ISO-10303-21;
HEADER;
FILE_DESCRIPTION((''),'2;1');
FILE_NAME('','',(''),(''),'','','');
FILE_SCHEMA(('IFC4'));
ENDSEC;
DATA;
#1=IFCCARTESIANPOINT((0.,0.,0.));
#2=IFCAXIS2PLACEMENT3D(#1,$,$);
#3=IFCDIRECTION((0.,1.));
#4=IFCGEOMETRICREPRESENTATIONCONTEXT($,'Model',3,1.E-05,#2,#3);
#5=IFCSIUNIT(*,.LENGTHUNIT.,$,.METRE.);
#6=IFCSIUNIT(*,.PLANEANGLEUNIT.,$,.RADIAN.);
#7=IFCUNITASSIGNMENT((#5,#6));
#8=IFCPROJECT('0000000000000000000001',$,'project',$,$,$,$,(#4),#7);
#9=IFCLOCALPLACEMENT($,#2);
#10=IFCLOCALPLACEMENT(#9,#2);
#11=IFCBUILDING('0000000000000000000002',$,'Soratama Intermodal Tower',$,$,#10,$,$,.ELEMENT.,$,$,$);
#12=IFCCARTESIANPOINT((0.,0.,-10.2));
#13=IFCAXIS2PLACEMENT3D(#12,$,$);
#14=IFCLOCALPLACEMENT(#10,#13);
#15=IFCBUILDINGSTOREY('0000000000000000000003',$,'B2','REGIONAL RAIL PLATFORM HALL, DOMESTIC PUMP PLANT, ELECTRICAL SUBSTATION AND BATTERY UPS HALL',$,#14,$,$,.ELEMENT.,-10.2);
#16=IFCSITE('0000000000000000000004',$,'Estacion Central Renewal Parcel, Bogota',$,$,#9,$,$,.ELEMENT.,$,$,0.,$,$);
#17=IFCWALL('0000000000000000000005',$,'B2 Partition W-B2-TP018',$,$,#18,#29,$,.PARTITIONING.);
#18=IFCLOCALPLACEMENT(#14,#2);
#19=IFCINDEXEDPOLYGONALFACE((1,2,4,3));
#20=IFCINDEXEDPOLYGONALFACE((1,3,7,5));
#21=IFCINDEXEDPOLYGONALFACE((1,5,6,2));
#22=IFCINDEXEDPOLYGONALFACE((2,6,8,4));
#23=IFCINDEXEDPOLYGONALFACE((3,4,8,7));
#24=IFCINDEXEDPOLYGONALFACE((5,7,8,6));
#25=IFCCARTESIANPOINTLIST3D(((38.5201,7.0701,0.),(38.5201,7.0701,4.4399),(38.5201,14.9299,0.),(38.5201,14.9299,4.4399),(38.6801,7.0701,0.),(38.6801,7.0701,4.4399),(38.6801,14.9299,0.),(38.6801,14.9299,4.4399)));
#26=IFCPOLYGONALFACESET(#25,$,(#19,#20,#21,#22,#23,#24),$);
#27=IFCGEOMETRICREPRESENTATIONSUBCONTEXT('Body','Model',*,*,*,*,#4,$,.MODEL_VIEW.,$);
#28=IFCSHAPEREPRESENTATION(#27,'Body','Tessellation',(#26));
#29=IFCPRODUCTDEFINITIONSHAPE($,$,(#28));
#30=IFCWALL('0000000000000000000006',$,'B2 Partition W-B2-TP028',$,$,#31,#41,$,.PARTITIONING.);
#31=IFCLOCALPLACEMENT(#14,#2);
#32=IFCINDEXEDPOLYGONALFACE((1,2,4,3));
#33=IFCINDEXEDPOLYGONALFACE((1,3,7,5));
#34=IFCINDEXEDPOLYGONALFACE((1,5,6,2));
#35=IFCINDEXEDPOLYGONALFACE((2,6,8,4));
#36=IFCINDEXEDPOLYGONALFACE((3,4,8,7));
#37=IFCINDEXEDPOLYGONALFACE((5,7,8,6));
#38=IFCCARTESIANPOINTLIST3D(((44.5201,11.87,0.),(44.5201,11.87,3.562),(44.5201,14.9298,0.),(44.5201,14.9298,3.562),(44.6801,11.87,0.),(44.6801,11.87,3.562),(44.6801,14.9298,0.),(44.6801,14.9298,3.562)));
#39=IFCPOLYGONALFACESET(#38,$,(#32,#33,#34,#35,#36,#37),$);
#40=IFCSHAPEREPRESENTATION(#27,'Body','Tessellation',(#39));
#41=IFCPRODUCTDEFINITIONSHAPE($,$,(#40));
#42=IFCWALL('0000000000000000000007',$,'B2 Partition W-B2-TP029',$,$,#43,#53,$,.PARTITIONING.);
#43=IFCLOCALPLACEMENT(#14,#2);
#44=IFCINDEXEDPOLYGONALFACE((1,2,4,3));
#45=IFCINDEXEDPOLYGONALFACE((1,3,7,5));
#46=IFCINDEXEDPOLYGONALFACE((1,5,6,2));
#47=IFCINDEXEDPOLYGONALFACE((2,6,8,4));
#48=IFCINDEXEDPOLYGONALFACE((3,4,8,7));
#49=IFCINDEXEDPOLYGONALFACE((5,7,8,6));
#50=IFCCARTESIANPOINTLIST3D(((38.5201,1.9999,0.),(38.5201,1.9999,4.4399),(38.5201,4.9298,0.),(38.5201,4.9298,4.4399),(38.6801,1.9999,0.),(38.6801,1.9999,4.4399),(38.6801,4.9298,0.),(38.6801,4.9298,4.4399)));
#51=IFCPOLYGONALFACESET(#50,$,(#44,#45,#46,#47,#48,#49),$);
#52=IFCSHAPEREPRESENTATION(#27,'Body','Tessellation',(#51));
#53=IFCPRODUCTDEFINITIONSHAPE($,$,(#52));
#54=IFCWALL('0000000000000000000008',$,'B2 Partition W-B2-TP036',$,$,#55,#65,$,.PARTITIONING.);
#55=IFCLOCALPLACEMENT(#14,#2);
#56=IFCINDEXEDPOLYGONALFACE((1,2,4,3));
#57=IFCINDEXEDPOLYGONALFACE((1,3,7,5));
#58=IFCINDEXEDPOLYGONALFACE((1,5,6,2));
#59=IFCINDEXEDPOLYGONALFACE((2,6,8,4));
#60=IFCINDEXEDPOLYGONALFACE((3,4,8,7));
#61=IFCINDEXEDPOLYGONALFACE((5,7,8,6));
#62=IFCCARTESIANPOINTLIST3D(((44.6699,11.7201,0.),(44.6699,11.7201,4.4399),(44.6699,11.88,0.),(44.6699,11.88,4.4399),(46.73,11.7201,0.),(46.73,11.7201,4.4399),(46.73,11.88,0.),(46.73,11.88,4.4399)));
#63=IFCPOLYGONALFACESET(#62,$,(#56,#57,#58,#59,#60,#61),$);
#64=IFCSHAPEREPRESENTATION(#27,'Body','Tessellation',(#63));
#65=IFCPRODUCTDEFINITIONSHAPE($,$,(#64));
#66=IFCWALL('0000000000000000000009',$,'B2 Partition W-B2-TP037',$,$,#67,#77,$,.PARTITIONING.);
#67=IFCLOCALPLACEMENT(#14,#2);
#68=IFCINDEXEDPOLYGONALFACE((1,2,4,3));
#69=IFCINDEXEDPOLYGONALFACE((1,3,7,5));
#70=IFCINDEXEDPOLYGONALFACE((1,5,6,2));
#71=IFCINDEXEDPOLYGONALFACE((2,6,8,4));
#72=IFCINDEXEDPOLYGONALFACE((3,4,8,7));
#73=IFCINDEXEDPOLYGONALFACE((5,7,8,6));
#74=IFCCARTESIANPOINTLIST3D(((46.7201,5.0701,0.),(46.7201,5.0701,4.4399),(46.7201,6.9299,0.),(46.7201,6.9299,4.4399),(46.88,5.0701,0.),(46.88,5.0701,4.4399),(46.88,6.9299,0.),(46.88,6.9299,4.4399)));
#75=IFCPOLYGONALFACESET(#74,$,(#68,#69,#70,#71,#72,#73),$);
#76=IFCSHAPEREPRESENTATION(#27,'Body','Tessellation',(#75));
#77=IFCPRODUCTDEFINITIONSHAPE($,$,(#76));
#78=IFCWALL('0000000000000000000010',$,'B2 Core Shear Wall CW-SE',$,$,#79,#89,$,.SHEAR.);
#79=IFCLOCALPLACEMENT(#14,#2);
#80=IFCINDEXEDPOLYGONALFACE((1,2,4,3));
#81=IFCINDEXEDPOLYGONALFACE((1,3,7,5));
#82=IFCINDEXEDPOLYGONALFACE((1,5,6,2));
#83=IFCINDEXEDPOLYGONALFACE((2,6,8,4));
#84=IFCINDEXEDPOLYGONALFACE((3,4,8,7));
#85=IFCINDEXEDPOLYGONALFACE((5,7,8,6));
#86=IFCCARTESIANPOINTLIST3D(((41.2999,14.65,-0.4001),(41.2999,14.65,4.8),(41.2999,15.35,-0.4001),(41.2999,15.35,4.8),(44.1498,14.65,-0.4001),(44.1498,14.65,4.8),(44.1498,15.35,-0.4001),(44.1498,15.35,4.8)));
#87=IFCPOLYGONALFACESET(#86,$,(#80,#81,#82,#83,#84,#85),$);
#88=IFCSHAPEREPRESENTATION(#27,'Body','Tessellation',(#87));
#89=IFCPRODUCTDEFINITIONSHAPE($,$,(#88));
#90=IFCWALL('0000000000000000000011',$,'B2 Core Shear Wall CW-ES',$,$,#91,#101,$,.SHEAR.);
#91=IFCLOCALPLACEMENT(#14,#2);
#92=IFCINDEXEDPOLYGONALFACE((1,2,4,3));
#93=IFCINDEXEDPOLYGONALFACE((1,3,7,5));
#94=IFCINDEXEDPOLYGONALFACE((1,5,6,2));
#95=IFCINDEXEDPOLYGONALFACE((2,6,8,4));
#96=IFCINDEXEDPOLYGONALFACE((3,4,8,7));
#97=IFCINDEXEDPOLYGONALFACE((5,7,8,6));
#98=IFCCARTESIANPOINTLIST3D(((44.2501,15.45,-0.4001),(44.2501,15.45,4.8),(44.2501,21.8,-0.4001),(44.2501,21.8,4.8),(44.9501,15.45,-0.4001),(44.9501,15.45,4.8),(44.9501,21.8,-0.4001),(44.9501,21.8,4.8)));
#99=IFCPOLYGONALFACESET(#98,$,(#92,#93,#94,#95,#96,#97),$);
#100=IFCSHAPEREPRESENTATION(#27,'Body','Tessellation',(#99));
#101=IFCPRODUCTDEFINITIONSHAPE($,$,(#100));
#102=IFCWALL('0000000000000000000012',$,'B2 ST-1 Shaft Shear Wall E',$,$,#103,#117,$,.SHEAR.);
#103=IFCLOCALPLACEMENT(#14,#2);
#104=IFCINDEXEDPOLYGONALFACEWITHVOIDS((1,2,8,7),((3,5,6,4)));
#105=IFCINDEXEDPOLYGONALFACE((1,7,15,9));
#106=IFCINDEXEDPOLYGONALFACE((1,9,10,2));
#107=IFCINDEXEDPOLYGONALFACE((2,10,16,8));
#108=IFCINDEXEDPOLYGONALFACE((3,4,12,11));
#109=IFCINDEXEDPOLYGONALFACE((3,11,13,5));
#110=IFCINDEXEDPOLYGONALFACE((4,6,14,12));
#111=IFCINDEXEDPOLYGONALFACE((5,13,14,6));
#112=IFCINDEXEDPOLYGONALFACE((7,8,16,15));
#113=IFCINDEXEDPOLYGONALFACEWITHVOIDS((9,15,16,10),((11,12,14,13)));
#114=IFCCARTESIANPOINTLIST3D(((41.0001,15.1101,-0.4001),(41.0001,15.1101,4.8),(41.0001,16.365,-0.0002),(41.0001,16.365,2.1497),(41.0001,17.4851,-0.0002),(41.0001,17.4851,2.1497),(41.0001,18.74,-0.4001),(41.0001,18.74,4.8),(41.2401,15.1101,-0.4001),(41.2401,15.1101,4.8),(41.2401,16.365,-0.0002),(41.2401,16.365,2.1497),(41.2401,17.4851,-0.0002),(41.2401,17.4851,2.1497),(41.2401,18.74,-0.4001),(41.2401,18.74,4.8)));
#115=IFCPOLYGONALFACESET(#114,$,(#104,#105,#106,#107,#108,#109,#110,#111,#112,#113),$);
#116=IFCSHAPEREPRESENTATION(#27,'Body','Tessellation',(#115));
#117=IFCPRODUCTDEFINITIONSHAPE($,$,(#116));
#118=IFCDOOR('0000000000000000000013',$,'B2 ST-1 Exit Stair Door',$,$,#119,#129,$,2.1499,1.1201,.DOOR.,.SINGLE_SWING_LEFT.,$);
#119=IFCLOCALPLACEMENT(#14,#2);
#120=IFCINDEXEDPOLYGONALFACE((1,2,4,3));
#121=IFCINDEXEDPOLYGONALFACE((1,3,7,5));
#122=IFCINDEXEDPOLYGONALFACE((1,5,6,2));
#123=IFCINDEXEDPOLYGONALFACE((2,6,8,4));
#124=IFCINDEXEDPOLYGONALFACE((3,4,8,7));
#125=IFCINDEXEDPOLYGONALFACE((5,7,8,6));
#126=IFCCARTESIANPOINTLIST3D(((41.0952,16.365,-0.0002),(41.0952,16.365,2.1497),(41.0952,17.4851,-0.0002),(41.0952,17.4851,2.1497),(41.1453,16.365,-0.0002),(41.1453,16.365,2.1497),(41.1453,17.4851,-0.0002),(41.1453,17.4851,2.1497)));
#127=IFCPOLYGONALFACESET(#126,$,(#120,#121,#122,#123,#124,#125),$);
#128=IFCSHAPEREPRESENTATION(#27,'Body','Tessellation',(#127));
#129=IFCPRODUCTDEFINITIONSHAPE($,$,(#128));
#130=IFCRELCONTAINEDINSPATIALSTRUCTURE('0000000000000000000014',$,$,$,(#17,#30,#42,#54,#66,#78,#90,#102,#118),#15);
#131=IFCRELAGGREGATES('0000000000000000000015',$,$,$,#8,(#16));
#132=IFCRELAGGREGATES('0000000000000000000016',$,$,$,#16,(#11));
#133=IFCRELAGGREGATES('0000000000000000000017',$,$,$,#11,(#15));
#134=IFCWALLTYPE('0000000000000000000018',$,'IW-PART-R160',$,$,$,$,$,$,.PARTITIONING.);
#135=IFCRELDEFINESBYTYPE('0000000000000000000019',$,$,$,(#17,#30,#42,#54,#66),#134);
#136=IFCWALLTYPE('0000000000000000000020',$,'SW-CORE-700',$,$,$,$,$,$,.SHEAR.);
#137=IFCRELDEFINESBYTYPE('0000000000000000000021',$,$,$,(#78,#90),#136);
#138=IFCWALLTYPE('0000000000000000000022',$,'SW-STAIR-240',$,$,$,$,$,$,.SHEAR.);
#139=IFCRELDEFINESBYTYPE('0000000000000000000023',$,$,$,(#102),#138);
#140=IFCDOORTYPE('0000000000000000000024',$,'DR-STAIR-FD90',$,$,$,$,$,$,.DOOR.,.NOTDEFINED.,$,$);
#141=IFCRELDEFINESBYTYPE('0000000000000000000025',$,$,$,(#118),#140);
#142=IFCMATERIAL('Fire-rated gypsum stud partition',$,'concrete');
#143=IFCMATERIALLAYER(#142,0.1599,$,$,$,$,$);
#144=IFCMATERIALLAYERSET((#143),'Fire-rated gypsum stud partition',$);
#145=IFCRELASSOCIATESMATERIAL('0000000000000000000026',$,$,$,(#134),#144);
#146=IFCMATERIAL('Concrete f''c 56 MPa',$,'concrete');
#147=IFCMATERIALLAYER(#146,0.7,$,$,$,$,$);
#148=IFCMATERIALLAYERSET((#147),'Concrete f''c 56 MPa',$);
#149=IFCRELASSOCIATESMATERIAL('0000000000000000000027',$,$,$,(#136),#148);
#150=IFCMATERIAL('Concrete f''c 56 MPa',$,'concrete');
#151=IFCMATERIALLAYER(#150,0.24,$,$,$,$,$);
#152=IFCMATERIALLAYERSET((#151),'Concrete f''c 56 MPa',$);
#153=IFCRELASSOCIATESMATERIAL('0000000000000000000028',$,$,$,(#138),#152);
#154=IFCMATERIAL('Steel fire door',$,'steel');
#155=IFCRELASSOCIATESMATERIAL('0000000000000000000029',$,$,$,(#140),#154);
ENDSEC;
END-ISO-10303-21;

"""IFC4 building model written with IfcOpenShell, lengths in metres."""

from ifc_helpers import new_model, si_unit, direction, frame, frame_2d, origin, place, context, subcontext, project, spatial, rectangle, extrude, material, layer, layer_set, type_object, element, fill, save


model = new_model("IFC4")

# Units and contexts
model_context = context("Model", 3, precision=1e-05, world=origin(), true_north=direction((0.0, 1.0)))
body_context = subcontext(model_context, "Body", "Model", "MODEL_VIEW")
ifc_project = project(units=[si_unit("LENGTHUNIT", "METRE"), si_unit("PLANEANGLEUNIT", "RADIAN")], contexts=[model_context])

# Site, building, storey
site_placement = place(None, origin())
site = spatial("IfcSite", under=ifc_project, at=site_placement, Name="Estacion Central Renewal Parcel, Bogota", CompositionType="ELEMENT", RefElevation=0.0)
building_placement = place(site_placement, origin())
building = spatial("IfcBuilding", under=site, at=building_placement, Name="Soratama Intermodal Tower", CompositionType="ELEMENT")
storey_placement = place(building_placement, frame((0.0, 0.0, -10.2)))
storey = spatial("IfcBuildingStorey", under=building, at=storey_placement, Name="B2", Description="REGIONAL RAIL PLATFORM HALL, DOMESTIC PUMP PLANT, ELECTRICAL SUBSTATION AND BATTERY UPS HALL", CompositionType="ELEMENT", Elevation=-10.2)

# Walls
ifc_material_1 = material(Name="Fire-rated gypsum stud partition", Category="concrete")
ifc_layer_1 = layer(ifc_material_1, 0.1599)
ifc_layer_set_1 = layer_set([ifc_layer_1], Name="Fire-rated gypsum stud partition")
wall_type_1 = type_object("IfcWallType", Name="IW-PART-R160", PredefinedType="PARTITIONING", material=ifc_layer_set_1)
wall_1_placement = place(storey_placement, frame((38.6001, 14.9299, 0.0), z_axis=(0.0, 0.0, 1.0), x_axis=(0.0, -1.0, 0.0)))
element("IfcWall", 1, at=wall_1_placement, inside=storey, type_object=wall_type_1, Name="B2 Partition W-B2-TP018", PredefinedType="PARTITIONING", context=body_context, shape_type="SweptSolid", body=[
    extrude(rectangle(XDim=7.8599, YDim=0.1599, at=frame_2d((3.9299, 0.0))), origin(), (0.0, 0.0, 1.0), 4.4399),
])
wall_2_placement = place(storey_placement, frame((44.6001, 11.8701, 0.0), z_axis=(0.0, 0.0, 1.0), x_axis=(0.0, 1.0, 0.0)))
element("IfcWall", 2, at=wall_2_placement, inside=storey, type_object=wall_type_1, Name="B2 Partition W-B2-TP028", PredefinedType="PARTITIONING", context=body_context, shape_type="SweptSolid", body=[
    extrude(rectangle(XDim=3.0598, YDim=0.1599, at=frame_2d((1.5298, 0.0))), origin(), (0.0, 0.0, 1.0), 3.562),
])
wall_3_placement = place(storey_placement, frame((38.6001, 2.0, 0.0), z_axis=(0.0, 0.0, 1.0), x_axis=(0.0, 1.0, 0.0)))
element("IfcWall", 3, at=wall_3_placement, inside=storey, type_object=wall_type_1, Name="B2 Partition W-B2-TP029", PredefinedType="PARTITIONING", context=body_context, shape_type="SweptSolid", body=[
    extrude(rectangle(XDim=2.9299, YDim=0.1599, at=frame_2d((1.4648, 0.0))), origin(), (0.0, 0.0, 1.0), 4.4399),
])
wall_4_placement = place(storey_placement, frame((46.73, 11.8, 0.0), z_axis=(0.0, 0.0, 1.0), x_axis=(-1.0, 0.0, 0.0)))
element("IfcWall", 4, at=wall_4_placement, inside=storey, type_object=wall_type_1, Name="B2 Partition W-B2-TP036", PredefinedType="PARTITIONING", context=body_context, shape_type="SweptSolid", body=[
    extrude(rectangle(XDim=2.0601, YDim=0.1599, at=frame_2d((1.03, 0.0))), origin(), (0.0, 0.0, 1.0), 4.4399),
])
wall_5_placement = place(storey_placement, frame((46.8, 6.9299, 0.0), z_axis=(0.0, 0.0, 1.0), x_axis=(0.0, -1.0, 0.0)))
element("IfcWall", 5, at=wall_5_placement, inside=storey, type_object=wall_type_1, Name="B2 Partition W-B2-TP037", PredefinedType="PARTITIONING", context=body_context, shape_type="SweptSolid", body=[
    extrude(rectangle(XDim=1.8599, YDim=0.1599, at=frame_2d((0.9299, 0.0))), origin(), (0.0, 0.0, 1.0), 4.4399),
])
ifc_material_2 = material(Name="Concrete f'c 56 MPa", Category="concrete")
ifc_layer_2 = layer(ifc_material_2, 0.7)
ifc_layer_set_2 = layer_set([ifc_layer_2], Name="Concrete f'c 56 MPa")
wall_type_2 = type_object("IfcWallType", Name="SW-CORE-700", PredefinedType="SHEAR", material=ifc_layer_set_2)
wall_6_placement = place(storey_placement, frame((41.3, 15.0, -0.4001), z_axis=(0.0, 0.0, 1.0), x_axis=(1.0, 0.0, 0.0)))
element("IfcWall", 6, at=wall_6_placement, inside=storey, type_object=wall_type_2, Name="B2 Core Shear Wall CW-SE", PredefinedType="SHEAR", context=body_context, shape_type="SweptSolid", body=[
    extrude(rectangle(XDim=2.8499, YDim=0.7, at=frame_2d((1.4248, 0.0))), origin(), (0.0, 0.0, 1.0), 5.2002),
])
wall_7_placement = place(storey_placement, frame((44.6001, 15.45, -0.4001), z_axis=(0.0, 0.0, 1.0), x_axis=(0.0, 1.0, 0.0)))
element("IfcWall", 7, at=wall_7_placement, inside=storey, type_object=wall_type_2, Name="B2 Core Shear Wall CW-ES", PredefinedType="SHEAR", context=body_context, shape_type="SweptSolid", body=[
    extrude(rectangle(XDim=6.3501, YDim=0.7, at=frame_2d((3.175, 0.0))), origin(), (0.0, 0.0, 1.0), 5.2002),
])

# Wall, opening, door
ifc_material_3 = material(Name="Concrete f'c 56 MPa", Category="concrete")
ifc_layer_3 = layer(ifc_material_3, 0.24)
ifc_layer_set_3 = layer_set([ifc_layer_3], Name="Concrete f'c 56 MPa")
wall_type_3 = type_object("IfcWallType", Name="SW-STAIR-240", PredefinedType="SHEAR", material=ifc_layer_set_3)
wall_8_placement = place(storey_placement, frame((41.1201, 15.1101, -0.4001), z_axis=(0.0, 0.0, 1.0), x_axis=(0.0, 1.0, 0.0)))
wall_8 = element("IfcWall", 8, at=wall_8_placement, inside=storey, type_object=wall_type_3, Name="B2 ST-1 Shaft Shear Wall E", PredefinedType="SHEAR", context=body_context, shape_type="SweptSolid", body=[
    extrude(rectangle(XDim=3.6299, YDim=0.24, at=frame_2d((1.8149, 0.0))), origin(), (0.0, 0.0, 1.0), 5.2002),
])
opening_1_placement = place(wall_8_placement, frame((1.2549, 0.0, 0.3999)))
opening_1 = element("IfcOpeningElement", 9, at=opening_1_placement, cuts=wall_8, PredefinedType="OPENING", context=body_context, shape_type="SweptSolid", body=[
    extrude(rectangle(XDim=1.1201, YDim=2.1499, at=frame_2d((0.5601, 1.075))), frame((0.0, 0.1299, 0.0), z_axis=(0.0, -1.0, 0.0), x_axis=(1.0, 0.0, 0.0)), (0.0, 0.0, 1.0), 0.26),
])
ifc_material_4 = material(Name="Steel fire door", Category="steel")
door_type_1 = type_object("IfcDoorType", Name="DR-STAIR-FD90", OperationType="NOTDEFINED", PredefinedType="DOOR", material=ifc_material_4)
door_1_placement = place(opening_1_placement, origin())
door_1 = element("IfcDoor", 10, at=door_1_placement, inside=storey, type_object=door_type_1, Name="B2 ST-1 Exit Stair Door", OperationType="SINGLE_SWING_LEFT", OverallHeight=2.1499, OverallWidth=1.1201, PredefinedType="DOOR", context=body_context, shape_type="SweptSolid", body=[
    extrude(rectangle(XDim=1.1201, YDim=2.1499, at=frame_2d((0.5601, 1.075))), frame((0.0, 0.0249, 0.0), z_axis=(0.0, -1.0, 0.0), x_axis=(1.0, 0.0, 0.0)), (0.0, 0.0, 1.0), 0.05),
])
fill(opening_1, door_1)

save(model, "model.ifc")
